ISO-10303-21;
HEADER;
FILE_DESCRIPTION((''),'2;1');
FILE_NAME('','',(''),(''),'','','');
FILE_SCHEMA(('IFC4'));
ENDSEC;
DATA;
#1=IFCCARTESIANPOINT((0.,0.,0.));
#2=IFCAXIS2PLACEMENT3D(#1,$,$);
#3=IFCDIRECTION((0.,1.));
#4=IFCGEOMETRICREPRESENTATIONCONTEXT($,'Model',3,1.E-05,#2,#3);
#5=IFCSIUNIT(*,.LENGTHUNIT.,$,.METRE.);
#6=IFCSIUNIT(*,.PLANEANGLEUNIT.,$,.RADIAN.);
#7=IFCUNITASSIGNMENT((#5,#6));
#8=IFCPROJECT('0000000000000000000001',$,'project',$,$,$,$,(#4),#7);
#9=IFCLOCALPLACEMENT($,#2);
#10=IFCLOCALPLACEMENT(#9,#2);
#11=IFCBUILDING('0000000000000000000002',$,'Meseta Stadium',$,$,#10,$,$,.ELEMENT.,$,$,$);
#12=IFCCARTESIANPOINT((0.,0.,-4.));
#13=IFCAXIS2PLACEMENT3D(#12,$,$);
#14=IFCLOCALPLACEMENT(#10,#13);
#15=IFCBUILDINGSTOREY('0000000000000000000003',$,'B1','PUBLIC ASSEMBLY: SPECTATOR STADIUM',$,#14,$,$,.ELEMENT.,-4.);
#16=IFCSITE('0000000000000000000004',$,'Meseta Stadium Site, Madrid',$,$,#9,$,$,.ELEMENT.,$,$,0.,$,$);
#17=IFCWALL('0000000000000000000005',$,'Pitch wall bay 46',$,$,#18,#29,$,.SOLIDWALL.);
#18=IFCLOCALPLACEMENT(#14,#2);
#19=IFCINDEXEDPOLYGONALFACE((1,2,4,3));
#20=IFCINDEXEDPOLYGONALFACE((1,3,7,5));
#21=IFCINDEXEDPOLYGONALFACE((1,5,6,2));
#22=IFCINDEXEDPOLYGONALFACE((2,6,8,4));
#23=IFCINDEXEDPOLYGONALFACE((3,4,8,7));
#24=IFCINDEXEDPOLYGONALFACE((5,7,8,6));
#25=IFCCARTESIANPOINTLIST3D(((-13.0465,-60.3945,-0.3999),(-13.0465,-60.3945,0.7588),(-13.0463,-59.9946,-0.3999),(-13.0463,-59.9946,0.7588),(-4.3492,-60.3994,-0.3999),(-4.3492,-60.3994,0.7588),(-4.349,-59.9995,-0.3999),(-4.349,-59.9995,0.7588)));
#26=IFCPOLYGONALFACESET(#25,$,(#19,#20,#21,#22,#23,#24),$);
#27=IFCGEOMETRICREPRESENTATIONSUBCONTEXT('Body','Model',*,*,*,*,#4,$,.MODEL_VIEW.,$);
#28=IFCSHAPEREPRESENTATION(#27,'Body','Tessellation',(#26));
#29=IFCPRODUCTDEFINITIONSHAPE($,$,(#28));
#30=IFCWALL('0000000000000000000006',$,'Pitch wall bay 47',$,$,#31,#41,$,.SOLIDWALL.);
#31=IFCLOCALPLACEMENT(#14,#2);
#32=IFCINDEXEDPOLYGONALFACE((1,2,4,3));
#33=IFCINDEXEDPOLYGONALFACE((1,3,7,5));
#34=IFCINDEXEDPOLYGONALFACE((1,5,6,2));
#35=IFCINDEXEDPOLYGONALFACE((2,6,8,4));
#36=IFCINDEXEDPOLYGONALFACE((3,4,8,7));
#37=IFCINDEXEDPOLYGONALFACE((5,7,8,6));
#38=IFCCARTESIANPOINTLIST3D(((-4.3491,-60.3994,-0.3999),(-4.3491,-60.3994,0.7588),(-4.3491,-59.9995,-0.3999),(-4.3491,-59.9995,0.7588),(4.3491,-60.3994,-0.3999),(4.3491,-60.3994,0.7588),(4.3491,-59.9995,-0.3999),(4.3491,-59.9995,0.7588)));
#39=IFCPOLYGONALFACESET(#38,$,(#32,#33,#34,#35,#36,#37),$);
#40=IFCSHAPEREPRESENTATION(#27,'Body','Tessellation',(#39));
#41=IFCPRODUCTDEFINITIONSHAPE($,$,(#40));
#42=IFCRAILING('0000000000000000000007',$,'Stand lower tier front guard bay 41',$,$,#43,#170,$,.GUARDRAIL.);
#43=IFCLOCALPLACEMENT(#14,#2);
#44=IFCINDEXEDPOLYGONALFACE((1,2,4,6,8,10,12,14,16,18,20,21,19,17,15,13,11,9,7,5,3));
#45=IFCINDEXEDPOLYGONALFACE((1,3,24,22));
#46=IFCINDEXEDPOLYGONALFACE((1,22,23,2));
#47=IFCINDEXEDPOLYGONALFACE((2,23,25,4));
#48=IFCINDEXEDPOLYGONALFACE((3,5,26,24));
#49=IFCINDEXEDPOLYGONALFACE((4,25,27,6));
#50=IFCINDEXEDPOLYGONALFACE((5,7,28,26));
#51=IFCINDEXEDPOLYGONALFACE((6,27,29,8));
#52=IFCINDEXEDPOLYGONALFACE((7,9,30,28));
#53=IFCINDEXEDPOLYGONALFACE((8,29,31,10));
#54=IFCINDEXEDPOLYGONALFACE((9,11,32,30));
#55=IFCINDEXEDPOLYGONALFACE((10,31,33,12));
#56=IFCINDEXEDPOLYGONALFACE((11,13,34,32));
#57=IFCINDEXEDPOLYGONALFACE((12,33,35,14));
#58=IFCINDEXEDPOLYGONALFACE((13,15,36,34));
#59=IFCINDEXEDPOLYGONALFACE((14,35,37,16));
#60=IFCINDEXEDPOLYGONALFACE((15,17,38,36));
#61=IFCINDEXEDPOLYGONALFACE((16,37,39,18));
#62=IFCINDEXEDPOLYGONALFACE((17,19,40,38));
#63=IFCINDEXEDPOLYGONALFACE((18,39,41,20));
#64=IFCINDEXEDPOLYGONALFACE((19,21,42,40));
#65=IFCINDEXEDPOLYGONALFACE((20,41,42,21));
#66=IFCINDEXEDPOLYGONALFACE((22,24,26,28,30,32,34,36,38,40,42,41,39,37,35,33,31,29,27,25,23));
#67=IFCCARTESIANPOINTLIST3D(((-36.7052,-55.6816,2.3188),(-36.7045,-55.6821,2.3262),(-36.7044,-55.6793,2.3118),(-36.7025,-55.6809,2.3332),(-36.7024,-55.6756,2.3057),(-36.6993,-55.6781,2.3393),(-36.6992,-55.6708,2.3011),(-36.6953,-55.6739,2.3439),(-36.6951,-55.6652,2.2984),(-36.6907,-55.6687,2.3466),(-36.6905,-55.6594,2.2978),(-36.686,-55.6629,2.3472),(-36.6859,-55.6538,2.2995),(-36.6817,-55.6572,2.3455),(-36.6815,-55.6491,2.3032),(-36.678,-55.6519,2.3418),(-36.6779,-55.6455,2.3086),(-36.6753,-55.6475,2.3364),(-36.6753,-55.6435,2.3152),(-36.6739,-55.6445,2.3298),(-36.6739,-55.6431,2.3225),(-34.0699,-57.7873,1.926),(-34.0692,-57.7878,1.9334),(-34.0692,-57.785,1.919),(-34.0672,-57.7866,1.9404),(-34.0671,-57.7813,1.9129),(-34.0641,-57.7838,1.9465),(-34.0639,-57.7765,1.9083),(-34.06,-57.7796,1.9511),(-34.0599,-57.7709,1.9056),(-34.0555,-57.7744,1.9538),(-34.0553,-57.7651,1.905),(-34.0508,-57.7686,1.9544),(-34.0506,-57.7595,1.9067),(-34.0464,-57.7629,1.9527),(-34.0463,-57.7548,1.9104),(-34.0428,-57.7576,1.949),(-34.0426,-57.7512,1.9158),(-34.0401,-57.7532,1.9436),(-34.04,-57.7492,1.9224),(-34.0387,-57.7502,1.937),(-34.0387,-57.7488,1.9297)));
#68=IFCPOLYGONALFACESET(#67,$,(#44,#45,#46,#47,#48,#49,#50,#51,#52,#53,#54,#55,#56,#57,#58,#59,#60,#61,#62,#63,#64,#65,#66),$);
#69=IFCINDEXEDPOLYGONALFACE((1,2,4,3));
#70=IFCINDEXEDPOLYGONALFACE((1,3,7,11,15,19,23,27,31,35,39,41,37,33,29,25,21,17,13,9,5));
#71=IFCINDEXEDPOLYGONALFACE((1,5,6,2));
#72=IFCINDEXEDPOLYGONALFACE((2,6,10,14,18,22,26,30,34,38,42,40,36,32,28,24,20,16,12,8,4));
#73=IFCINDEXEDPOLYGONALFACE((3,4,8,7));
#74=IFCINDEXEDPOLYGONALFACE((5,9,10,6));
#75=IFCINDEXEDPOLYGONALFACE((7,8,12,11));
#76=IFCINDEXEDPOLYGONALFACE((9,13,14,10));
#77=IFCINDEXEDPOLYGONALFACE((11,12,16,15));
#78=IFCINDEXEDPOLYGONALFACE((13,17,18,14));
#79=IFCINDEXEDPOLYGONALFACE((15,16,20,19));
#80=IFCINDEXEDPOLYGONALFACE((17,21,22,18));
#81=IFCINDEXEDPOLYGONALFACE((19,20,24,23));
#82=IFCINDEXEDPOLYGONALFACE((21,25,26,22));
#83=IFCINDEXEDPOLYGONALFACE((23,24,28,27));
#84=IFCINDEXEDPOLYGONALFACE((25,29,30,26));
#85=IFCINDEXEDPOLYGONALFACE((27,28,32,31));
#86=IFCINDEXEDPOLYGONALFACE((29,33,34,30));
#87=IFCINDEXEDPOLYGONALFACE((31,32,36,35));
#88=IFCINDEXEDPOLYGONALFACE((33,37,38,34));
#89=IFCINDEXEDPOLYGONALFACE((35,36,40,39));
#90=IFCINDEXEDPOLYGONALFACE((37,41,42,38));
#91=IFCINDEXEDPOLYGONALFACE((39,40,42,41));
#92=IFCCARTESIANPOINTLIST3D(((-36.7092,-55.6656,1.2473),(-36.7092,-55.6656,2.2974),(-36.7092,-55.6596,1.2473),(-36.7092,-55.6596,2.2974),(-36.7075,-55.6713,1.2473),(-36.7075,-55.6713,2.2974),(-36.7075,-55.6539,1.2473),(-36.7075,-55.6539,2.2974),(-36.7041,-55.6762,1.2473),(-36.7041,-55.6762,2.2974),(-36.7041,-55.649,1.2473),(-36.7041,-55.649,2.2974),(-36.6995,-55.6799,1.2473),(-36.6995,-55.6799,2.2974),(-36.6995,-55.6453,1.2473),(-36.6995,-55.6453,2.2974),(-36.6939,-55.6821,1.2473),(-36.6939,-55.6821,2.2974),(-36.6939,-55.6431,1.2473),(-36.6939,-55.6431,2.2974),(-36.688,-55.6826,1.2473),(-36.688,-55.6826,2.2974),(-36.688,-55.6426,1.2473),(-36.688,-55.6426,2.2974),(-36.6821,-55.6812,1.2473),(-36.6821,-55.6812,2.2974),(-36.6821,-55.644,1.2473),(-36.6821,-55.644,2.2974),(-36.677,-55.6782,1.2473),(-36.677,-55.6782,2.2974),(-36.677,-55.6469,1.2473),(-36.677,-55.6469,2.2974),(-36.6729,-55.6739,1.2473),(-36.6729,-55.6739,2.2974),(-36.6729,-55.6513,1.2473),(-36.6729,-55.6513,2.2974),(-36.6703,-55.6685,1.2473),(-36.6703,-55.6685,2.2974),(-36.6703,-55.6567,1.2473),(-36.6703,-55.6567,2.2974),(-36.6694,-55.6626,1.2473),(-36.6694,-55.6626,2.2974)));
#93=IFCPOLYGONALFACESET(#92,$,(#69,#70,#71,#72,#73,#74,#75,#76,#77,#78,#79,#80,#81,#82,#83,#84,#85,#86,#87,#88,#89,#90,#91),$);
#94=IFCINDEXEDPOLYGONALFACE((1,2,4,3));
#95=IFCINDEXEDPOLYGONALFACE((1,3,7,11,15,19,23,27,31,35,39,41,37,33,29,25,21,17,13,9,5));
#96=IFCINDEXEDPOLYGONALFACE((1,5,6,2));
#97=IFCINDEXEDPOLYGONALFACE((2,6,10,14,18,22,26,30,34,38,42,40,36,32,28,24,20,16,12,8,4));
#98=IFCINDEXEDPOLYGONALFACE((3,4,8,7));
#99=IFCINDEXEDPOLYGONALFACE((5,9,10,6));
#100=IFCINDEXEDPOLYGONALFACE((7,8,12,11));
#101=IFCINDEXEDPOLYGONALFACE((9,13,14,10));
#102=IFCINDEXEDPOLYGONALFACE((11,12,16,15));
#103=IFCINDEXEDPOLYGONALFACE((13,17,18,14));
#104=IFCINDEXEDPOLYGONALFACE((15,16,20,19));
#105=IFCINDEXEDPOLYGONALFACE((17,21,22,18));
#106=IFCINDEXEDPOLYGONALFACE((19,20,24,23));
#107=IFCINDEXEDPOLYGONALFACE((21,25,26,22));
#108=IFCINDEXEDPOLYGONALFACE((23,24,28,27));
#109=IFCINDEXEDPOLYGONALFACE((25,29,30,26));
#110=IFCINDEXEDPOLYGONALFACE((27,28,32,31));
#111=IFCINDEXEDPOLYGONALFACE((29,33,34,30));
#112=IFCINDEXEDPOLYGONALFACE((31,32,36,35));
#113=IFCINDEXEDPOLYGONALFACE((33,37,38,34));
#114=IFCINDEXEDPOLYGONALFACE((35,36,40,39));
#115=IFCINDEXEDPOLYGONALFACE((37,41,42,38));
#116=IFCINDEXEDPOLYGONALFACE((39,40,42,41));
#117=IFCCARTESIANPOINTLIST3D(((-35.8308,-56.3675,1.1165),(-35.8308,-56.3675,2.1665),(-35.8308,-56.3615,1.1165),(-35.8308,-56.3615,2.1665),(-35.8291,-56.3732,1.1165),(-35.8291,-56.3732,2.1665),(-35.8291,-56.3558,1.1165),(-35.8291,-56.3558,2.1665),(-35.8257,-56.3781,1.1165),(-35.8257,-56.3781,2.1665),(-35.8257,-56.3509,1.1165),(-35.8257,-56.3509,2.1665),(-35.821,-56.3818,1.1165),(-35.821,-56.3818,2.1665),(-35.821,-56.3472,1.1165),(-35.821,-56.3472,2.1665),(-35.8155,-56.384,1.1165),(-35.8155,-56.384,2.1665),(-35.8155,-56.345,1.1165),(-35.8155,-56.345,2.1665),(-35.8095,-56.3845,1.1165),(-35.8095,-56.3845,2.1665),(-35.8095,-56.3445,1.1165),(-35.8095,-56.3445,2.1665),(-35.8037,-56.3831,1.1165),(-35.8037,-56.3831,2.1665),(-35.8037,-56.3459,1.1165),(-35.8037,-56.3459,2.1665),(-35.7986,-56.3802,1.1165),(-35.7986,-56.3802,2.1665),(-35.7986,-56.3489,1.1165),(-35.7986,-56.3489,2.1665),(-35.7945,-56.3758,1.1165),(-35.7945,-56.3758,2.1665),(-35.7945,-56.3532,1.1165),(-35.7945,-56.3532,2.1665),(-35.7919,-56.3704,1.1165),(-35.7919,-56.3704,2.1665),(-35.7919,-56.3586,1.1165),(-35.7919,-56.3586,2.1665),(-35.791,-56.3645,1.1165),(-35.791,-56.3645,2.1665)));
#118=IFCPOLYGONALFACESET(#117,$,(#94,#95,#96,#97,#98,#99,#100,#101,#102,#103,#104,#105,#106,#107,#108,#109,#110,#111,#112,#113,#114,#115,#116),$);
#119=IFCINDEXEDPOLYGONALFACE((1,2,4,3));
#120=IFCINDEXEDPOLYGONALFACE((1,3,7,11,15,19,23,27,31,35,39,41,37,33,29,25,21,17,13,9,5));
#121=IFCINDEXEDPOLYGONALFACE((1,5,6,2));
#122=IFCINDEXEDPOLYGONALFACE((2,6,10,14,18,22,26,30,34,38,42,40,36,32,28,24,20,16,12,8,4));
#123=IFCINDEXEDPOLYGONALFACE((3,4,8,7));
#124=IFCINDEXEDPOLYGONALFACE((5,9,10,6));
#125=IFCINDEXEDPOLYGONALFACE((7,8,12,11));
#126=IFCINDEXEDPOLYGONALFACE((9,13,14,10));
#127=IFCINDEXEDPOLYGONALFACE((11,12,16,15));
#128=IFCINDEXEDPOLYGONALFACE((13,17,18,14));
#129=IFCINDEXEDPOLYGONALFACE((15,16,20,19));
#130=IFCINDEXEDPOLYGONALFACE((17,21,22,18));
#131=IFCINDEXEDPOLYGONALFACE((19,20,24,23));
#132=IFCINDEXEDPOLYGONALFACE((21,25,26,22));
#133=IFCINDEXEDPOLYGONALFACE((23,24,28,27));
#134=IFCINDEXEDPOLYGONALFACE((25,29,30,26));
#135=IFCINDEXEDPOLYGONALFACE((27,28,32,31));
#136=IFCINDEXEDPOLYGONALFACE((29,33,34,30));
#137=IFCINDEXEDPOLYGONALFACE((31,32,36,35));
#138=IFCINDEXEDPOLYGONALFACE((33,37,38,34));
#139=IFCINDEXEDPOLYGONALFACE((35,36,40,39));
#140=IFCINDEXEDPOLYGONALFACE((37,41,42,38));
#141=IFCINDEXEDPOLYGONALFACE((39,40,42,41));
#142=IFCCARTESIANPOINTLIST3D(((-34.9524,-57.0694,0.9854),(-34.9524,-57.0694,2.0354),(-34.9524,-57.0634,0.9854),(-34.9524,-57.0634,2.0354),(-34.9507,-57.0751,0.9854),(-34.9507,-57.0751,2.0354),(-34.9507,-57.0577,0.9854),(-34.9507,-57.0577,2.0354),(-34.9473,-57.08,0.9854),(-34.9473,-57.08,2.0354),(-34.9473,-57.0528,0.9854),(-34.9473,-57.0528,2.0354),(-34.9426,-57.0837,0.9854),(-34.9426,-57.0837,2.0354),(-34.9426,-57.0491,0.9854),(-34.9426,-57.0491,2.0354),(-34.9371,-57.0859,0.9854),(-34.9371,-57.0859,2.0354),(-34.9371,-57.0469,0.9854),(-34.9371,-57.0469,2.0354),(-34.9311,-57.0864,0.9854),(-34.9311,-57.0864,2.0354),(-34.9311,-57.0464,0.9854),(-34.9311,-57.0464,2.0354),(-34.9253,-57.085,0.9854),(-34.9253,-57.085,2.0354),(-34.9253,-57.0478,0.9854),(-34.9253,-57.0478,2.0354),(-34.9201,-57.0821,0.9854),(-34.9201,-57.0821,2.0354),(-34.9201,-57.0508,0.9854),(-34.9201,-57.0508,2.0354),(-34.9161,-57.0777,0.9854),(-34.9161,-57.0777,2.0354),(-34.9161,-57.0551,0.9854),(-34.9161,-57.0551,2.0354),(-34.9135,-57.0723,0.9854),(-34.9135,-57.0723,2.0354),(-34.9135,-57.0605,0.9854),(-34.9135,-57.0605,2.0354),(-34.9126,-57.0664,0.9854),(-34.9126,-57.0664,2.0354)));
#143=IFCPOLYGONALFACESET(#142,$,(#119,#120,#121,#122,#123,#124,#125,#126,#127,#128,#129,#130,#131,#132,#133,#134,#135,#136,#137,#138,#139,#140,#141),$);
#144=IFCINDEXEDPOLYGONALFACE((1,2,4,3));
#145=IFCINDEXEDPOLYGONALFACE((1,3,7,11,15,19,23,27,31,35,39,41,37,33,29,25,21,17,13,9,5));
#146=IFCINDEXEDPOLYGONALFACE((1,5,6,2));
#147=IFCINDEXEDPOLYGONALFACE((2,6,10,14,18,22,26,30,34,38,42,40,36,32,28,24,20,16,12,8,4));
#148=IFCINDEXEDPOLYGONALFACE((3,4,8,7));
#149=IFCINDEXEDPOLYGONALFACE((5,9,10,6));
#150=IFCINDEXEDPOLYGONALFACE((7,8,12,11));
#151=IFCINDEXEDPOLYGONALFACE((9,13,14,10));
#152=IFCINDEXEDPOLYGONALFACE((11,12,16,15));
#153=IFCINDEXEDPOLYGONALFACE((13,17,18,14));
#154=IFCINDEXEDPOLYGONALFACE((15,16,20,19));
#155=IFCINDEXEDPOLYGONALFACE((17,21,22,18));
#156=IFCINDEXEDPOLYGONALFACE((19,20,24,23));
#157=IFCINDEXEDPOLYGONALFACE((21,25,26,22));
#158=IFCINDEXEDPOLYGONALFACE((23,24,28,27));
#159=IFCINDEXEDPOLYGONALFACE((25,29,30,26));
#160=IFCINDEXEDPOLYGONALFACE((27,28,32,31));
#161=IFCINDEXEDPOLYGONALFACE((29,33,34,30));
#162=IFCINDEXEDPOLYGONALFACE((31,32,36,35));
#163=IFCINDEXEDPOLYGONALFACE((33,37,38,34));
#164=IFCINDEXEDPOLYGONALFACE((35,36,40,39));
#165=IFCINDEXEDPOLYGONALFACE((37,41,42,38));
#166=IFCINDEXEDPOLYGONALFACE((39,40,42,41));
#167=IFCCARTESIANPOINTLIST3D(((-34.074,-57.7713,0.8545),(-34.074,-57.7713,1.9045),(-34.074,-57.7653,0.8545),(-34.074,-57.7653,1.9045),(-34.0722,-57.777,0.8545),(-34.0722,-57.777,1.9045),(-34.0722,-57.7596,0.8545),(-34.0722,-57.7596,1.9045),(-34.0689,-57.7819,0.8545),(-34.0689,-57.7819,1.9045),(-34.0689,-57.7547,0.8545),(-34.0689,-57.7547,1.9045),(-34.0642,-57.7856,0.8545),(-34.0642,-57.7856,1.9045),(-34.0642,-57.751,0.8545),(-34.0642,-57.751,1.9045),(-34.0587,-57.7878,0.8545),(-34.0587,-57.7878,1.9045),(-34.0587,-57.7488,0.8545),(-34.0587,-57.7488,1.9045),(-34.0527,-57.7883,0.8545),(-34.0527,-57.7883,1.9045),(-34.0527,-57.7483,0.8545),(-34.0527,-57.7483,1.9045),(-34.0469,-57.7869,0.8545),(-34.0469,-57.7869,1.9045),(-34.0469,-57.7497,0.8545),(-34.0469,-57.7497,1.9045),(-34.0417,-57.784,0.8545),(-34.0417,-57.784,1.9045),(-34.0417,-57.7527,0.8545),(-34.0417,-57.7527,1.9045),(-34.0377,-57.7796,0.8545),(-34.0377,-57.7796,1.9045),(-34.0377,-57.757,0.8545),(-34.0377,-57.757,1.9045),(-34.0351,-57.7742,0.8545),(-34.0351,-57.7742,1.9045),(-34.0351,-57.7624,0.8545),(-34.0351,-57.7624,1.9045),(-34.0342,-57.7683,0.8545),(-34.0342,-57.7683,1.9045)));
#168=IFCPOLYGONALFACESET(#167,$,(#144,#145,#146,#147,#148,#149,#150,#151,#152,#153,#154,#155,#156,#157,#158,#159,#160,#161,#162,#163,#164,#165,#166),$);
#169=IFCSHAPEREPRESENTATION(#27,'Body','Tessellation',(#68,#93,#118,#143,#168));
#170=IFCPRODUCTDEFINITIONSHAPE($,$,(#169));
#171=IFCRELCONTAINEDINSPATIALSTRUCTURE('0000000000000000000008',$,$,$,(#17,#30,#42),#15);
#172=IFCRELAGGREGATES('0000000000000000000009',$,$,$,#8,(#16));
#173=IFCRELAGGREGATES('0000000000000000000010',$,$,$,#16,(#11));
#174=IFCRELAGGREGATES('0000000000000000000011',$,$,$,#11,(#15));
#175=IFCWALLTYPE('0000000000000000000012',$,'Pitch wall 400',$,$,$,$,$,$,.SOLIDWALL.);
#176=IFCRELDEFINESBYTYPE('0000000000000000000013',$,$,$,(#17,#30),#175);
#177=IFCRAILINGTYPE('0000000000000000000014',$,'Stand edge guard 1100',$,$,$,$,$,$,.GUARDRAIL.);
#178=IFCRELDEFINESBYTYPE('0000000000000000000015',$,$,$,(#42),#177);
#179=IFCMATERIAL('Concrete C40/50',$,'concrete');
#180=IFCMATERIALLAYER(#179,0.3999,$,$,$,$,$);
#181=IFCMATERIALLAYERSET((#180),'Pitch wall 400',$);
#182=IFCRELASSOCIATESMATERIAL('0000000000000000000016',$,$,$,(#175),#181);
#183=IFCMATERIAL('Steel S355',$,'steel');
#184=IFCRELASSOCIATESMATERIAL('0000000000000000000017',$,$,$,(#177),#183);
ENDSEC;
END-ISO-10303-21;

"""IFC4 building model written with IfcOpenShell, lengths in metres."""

from ifc_helpers import new_model, si_unit, direction, frame, frame_2d, origin, origin_2d, place, context, subcontext, project, spatial, rectangle, circle, extrude, material, layer, layer_set, type_object, element, save


model = new_model("IFC4")

# Units and contexts
model_context = context("Model", 3, precision=1e-05, world=origin(), true_north=direction((0.0, 1.0)))
body_context = subcontext(model_context, "Body", "Model", "MODEL_VIEW")
ifc_project = project(units=[si_unit("LENGTHUNIT", "METRE"), si_unit("PLANEANGLEUNIT", "RADIAN")], contexts=[model_context])

# Site, building, storey
site_placement = place(None, origin())
site = spatial("IfcSite", under=ifc_project, at=site_placement, Name="Meseta Stadium Site, Madrid", CompositionType="ELEMENT", RefElevation=0.0)
building_placement = place(site_placement, origin())
building = spatial("IfcBuilding", under=site, at=building_placement, Name="Meseta Stadium", CompositionType="ELEMENT")
storey_placement = place(building_placement, frame((0.0, 0.0, -4.0)))
storey = spatial("IfcBuildingStorey", under=building, at=storey_placement, Name="B1", Description="PUBLIC ASSEMBLY: SPECTATOR STADIUM", CompositionType="ELEMENT", Elevation=-4.0)

# Walls
ifc_material_1 = material(Name="Concrete C40/50", Category="concrete")
ifc_layer_1 = layer(ifc_material_1, 0.3999)
ifc_layer_set_1 = layer_set([ifc_layer_1], Name="Pitch wall 400")
wall_type_1 = type_object("IfcWallType", Name="Pitch wall 400", PredefinedType="SOLIDWALL", material=ifc_layer_set_1)
wall_1_placement = place(storey_placement, frame((-13.0464, -60.1946, -0.3999), z_axis=(0.0, 0.0, 1.0), x_axis=(1.0, -0.000561, 0.0)))
element("IfcWall", 1, at=wall_1_placement, inside=storey, type_object=wall_type_1, Name="Pitch wall bay 46", PredefinedType="SOLIDWALL", context=body_context, shape_type="SweptSolid", body=[
    extrude(rectangle(XDim=8.6973, YDim=0.3999, at=frame_2d((4.3486, 0.0))), origin(), (0.0, 0.0, 1.0), 1.1587),
])
wall_2_placement = place(storey_placement, frame((-4.3491, -60.1995, -0.3999), z_axis=(0.0, 0.0, 1.0), x_axis=(1.0, 0.0, 0.0)))
element("IfcWall", 2, at=wall_2_placement, inside=storey, type_object=wall_type_1, Name="Pitch wall bay 47", PredefinedType="SOLIDWALL", context=body_context, shape_type="SweptSolid", body=[
    extrude(rectangle(XDim=8.6982, YDim=0.3999, at=frame_2d((4.3491, 0.0))), origin(), (0.0, 0.0, 1.0), 1.1587),
])

# Railing
ifc_material_2 = material(Name="Steel S355", Category="steel")
railing_type = type_object("IfcRailingType", Name="Stand edge guard 1100", PredefinedType="GUARDRAIL", material=ifc_material_2)
railing_1_placement = place(storey_placement, frame((-36.6895, -55.6626, 1.2473)))
element("IfcRailing", 3, at=railing_1_placement, inside=storey, type_object=railing_type, Name="Stand lower tier front guard bay 41", PredefinedType="GUARDRAIL", context=body_context, shape_type="SweptSolid", body=[
    extrude(circle(Radius=0.0249, at=origin_2d()), frame((0.0, 0.0, 1.0752), z_axis=(0.775985, -0.620055, -0.115672), x_axis=(0.624245, 0.781229, 0.0)), (0.0, 0.0, 1.0), 3.396),
    extrude(circle(Radius=0.02, at=origin_2d()), origin(), (0.0, 0.0, 1.0), 1.05),
    extrude(circle(Radius=0.02, at=origin_2d()), frame((0.8784, -0.7019, -0.1309)), (0.0, 0.0, 1.0), 1.05),
    extrude(circle(Radius=0.02, at=origin_2d()), frame((1.7568, -1.4038, -0.262)), (0.0, 0.0, 1.0), 1.05),
    extrude(circle(Radius=0.02, at=origin_2d()), frame((2.6353, -2.1057, -0.3928)), (0.0, 0.0, 1.0), 1.05),
])

save(model, "model.ifc")
